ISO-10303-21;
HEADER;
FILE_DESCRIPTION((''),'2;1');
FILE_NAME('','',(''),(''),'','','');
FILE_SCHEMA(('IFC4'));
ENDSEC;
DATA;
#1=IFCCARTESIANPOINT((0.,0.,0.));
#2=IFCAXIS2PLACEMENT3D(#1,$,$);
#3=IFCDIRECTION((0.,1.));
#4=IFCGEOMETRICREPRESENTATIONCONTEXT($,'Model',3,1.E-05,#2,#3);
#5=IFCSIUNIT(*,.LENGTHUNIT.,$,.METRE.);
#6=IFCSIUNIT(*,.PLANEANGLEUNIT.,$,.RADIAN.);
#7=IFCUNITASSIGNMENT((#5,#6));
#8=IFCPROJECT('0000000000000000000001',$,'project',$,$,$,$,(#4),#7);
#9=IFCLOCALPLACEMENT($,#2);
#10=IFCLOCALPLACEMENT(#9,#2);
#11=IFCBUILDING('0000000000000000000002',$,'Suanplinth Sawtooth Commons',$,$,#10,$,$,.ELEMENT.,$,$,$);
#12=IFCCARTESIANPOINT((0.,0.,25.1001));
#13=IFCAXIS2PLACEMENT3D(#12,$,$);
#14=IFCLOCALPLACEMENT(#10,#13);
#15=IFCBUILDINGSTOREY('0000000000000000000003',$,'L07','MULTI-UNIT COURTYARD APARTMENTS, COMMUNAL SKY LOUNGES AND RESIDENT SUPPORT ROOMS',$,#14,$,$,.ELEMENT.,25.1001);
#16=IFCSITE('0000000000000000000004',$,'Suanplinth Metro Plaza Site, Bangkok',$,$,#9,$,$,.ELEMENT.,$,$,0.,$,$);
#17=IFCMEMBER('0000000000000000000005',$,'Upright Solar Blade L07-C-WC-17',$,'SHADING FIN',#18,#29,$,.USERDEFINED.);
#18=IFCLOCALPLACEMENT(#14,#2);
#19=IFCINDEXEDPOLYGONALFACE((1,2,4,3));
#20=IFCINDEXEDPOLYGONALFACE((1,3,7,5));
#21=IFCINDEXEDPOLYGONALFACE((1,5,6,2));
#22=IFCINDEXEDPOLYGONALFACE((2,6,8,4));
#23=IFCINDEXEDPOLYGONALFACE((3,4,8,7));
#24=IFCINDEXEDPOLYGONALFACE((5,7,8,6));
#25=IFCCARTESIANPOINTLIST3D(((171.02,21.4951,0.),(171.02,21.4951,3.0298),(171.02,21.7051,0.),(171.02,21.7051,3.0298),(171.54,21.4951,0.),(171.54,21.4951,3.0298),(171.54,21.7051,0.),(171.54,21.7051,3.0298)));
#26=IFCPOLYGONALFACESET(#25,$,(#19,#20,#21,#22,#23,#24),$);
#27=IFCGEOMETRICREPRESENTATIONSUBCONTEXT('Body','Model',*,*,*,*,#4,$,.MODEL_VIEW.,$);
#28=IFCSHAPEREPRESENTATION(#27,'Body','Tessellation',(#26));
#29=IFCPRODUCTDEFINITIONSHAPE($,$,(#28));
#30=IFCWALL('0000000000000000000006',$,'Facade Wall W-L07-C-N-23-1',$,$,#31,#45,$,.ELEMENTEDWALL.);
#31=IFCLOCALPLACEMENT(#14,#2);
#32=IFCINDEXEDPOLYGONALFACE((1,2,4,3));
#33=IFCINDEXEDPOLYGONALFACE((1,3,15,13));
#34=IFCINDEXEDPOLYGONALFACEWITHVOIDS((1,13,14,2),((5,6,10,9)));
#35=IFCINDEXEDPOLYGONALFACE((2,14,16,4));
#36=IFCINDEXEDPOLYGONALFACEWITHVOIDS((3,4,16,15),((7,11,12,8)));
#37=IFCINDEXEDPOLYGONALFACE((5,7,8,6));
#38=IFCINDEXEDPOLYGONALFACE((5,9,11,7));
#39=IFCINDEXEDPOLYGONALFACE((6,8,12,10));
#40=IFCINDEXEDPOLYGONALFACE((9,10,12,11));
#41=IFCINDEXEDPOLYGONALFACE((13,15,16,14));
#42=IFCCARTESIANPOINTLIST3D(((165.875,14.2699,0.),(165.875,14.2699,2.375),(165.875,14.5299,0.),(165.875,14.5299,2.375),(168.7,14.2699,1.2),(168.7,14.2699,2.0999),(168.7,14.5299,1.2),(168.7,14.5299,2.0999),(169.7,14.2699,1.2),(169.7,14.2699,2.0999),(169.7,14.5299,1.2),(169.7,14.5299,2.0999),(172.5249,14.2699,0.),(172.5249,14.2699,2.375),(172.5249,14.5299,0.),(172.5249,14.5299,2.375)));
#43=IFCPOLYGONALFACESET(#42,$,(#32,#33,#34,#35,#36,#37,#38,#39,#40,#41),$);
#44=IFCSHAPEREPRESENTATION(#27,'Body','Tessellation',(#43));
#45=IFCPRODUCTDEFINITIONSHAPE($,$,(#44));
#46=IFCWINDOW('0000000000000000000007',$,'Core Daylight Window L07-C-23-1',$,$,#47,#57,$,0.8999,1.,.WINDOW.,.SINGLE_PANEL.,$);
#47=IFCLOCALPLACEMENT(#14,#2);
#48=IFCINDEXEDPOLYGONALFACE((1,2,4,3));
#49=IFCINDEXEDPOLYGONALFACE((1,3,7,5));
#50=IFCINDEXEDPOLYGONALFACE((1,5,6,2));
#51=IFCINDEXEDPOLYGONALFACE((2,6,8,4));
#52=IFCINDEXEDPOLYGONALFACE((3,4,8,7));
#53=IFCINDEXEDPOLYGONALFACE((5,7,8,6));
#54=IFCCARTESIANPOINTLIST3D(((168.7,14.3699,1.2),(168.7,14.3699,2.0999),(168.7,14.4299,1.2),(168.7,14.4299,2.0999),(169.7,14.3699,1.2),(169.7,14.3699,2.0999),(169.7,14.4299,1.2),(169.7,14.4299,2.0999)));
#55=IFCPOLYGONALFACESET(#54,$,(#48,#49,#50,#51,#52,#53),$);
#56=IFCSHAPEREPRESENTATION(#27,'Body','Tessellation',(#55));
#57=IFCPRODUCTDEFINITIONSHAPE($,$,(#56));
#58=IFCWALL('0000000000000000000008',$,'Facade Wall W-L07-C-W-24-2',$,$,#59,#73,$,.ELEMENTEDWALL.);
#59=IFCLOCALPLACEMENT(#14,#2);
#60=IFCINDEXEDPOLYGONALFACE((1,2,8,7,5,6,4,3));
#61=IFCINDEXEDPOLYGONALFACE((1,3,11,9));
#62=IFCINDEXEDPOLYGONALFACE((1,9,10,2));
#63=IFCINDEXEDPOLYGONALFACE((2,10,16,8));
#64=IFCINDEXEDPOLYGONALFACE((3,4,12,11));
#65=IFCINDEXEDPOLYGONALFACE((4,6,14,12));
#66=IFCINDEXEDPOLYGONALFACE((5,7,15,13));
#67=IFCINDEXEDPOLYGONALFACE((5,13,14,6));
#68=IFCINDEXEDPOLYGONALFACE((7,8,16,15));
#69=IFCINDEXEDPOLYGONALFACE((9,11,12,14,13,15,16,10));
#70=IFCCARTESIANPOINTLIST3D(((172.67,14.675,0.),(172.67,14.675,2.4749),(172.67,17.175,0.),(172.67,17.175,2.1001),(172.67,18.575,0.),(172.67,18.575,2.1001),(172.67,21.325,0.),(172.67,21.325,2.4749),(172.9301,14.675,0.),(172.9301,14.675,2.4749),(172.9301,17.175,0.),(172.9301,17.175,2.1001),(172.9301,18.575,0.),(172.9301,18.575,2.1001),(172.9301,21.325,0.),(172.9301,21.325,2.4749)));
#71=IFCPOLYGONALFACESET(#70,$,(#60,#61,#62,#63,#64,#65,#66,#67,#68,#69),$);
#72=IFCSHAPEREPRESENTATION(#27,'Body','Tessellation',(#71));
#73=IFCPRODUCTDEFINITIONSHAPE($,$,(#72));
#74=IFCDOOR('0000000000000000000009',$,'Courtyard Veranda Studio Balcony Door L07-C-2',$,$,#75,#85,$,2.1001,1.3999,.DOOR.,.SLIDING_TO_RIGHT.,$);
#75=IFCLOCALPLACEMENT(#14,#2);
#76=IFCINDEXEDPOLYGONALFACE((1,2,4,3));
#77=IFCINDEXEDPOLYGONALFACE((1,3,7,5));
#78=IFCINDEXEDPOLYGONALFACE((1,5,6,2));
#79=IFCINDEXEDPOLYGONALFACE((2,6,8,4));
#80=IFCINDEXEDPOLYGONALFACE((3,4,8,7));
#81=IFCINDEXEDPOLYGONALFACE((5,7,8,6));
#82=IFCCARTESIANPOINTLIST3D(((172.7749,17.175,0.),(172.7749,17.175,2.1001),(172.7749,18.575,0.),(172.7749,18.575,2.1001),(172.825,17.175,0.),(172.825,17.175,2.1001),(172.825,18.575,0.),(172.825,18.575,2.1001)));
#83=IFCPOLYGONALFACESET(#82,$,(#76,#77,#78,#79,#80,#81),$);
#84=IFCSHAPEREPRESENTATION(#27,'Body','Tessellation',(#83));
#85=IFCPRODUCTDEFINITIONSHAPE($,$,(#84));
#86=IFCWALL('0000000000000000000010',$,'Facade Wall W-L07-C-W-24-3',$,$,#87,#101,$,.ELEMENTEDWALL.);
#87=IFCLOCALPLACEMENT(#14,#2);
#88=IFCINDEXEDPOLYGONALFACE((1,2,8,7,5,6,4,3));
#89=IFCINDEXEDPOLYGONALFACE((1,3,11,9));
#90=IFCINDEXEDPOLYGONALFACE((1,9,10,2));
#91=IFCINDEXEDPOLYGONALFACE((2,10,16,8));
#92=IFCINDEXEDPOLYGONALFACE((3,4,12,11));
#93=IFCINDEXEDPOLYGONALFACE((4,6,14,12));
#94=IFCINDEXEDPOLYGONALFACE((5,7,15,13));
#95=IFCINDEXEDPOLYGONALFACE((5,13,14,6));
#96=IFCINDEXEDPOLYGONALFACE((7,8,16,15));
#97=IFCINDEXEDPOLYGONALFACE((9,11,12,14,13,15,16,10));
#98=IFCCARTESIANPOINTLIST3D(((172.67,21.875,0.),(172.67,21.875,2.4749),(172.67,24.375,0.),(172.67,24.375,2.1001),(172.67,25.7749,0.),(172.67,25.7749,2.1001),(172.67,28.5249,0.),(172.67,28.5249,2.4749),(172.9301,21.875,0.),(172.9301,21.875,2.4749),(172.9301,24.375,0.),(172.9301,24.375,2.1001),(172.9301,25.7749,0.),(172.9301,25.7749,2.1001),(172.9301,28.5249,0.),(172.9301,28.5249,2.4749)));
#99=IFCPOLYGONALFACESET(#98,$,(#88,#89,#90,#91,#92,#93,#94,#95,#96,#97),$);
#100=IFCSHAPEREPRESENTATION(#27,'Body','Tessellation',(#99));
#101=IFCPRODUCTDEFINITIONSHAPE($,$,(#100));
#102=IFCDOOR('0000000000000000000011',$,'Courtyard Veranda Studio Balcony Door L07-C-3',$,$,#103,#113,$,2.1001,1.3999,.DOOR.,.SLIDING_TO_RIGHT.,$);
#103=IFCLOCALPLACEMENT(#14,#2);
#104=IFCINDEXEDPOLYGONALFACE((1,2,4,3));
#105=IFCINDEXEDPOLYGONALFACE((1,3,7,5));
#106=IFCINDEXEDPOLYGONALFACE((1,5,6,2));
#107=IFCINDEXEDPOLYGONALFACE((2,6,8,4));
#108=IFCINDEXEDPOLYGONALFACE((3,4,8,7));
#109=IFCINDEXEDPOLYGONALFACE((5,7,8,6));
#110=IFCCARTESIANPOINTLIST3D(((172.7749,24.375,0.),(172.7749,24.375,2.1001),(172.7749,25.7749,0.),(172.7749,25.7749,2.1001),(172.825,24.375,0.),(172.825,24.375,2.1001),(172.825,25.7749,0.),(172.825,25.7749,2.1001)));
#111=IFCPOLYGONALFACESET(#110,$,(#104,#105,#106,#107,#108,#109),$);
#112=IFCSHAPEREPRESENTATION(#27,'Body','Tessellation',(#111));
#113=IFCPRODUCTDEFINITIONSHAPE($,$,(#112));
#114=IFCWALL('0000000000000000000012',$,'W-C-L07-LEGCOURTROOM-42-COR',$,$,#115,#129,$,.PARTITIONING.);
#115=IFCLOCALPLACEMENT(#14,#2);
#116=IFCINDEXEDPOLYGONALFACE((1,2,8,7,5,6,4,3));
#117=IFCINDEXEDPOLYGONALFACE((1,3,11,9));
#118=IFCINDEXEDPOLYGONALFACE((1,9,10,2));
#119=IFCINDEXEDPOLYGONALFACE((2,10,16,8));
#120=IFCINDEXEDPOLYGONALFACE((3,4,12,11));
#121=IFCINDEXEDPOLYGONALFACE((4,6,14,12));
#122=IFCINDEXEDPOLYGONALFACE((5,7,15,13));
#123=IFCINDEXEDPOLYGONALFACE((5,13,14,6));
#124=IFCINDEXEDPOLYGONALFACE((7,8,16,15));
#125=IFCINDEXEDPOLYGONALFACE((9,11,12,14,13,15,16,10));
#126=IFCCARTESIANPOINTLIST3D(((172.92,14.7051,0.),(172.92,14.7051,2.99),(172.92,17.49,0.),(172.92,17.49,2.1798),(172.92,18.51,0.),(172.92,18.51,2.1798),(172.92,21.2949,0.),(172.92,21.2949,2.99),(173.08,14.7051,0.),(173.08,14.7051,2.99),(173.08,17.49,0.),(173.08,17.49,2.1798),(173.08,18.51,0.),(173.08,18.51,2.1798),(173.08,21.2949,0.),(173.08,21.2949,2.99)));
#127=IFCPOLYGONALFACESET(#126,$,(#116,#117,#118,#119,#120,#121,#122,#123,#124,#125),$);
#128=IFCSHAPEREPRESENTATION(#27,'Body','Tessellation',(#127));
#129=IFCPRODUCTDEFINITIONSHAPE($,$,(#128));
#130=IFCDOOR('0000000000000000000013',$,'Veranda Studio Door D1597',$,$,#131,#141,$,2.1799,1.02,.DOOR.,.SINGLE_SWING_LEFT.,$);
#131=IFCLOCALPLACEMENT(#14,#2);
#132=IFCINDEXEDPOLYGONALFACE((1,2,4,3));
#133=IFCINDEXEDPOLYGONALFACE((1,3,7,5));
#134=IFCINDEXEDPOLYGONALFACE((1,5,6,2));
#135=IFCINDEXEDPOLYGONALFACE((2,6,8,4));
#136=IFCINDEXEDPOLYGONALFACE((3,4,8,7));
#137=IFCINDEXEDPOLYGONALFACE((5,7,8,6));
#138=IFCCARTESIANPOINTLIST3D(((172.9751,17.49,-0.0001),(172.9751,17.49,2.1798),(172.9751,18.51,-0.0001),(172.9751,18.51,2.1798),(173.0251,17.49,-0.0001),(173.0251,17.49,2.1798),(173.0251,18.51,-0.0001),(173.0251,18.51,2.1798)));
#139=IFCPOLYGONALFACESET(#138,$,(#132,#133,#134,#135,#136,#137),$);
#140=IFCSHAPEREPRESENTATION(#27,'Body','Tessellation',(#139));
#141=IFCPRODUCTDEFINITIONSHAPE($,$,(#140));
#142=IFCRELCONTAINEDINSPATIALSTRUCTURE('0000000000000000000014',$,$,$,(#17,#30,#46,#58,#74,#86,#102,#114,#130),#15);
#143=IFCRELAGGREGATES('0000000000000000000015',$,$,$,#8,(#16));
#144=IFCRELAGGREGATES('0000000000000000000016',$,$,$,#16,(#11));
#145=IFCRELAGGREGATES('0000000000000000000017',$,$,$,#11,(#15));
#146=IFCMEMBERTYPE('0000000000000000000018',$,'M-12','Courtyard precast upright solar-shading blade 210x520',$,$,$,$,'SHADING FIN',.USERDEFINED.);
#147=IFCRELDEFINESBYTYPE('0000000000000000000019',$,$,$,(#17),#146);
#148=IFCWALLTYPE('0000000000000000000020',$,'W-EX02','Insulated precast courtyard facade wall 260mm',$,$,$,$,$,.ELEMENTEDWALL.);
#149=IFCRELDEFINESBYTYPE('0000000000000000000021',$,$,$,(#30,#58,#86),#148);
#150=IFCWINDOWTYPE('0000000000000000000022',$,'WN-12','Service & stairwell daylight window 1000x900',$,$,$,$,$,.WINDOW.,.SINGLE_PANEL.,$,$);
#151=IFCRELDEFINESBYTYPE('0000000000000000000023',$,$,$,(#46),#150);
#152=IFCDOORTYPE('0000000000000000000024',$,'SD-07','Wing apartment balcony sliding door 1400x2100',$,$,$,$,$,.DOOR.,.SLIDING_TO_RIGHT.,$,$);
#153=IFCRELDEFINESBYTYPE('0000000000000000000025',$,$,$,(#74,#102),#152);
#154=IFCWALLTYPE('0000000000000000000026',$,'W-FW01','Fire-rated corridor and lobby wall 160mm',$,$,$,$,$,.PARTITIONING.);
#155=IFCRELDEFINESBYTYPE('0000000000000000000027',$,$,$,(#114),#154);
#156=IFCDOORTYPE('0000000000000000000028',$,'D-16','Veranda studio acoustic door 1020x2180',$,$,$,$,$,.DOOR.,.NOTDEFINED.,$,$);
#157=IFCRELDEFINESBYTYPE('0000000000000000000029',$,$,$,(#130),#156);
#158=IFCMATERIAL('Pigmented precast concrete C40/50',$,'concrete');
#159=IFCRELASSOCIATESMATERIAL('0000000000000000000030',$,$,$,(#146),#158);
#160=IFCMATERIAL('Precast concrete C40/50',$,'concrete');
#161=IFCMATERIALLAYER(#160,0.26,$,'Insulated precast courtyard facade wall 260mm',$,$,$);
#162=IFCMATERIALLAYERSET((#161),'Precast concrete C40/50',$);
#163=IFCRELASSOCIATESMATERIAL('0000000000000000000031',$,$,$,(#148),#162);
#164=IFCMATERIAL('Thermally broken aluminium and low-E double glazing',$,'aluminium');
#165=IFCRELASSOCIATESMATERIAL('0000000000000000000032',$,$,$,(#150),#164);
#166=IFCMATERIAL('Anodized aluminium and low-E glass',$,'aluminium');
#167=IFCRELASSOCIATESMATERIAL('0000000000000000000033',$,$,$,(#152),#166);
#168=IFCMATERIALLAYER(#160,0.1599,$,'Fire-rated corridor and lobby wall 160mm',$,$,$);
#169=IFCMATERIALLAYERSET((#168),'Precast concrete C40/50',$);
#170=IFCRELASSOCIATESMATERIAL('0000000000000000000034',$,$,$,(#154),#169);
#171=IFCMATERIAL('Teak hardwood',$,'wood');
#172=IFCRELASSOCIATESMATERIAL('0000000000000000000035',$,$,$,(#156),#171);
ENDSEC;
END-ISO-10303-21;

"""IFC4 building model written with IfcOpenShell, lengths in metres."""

from ifc_helpers import new_model, si_unit, direction, frame, frame_2d, origin, origin_2d, place, context, subcontext, project, spatial, rectangle, extrude, material, layer, layer_set, material_profile, profile_set, type_object, element, fill, save


model = new_model("IFC4")

# Units and contexts
model_context = context("Model", 3, precision=1e-05, world=origin(), true_north=direction((0.0, 1.0)))
body_context = subcontext(model_context, "Body", "Model", "MODEL_VIEW")
ifc_project = project(units=[si_unit("LENGTHUNIT", "METRE"), si_unit("PLANEANGLEUNIT", "RADIAN")], contexts=[model_context])

# Site, building, storey
site_placement = place(None, origin())
site = spatial("IfcSite", under=ifc_project, at=site_placement, Name="Suanplinth Metro Plaza Site, Bangkok", CompositionType="ELEMENT", RefElevation=0.0)
building_placement = place(site_placement, origin())
building = spatial("IfcBuilding", under=site, at=building_placement, Name="Suanplinth Sawtooth Commons", CompositionType="ELEMENT")
storey_placement = place(building_placement, frame((0.0, 0.0, 25.1001)))
storey = spatial("IfcBuildingStorey", under=building, at=storey_placement, Name="L07", Description="MULTI-UNIT COURTYARD APARTMENTS, COMMUNAL SKY LOUNGES AND RESIDENT SUPPORT ROOMS", CompositionType="ELEMENT", Elevation=25.1001)

# Shared definitions
ifc_material_1 = material(Name="Precast concrete C40/50", Category="concrete")

# Member
ifc_material_2 = material(Name="Pigmented precast concrete C40/50", Category="concrete")
ifc_material_profile_1 = material_profile(ifc_material_2, rectangle(XDim=0.21, YDim=0.52, at=origin_2d()), Name="PC-FIN 210x520")
ifc_profile_set_1 = profile_set([ifc_material_profile_1], Name="Pigmented precast concrete C40/50")
member_type = type_object("IfcMemberType", Name="M-12", Description="Courtyard precast upright solar-shading blade 210x520", ElementType="SHADING FIN", PredefinedType="USERDEFINED", material=ifc_profile_set_1)
for number, where, z_axis, x_axis, name in (
    (1, (171.28, 21.6001, 0.0), (0.0, 0.0, 1.0), (0.0, 1.0, 0.0), "Upright Solar Blade L07-C-WC-17"),
):
    element("IfcMember", number, at=place(storey_placement, frame(where, z_axis=z_axis, x_axis=x_axis)), inside=storey, type_object=member_type, Name=name, ObjectType="SHADING FIN", PredefinedType="USERDEFINED", context=body_context, shape_type="SweptSolid", body=[
        extrude(rectangle(XDim=0.21, YDim=0.52, at=origin_2d()), origin(), (0.0, 0.0, 1.0), 3.0298),
    ])

# Wall, opening, window
ifc_layer_1 = layer(ifc_material_1, 0.26, Name="Insulated precast courtyard facade wall 260mm")
ifc_layer_set_1 = layer_set([ifc_layer_1], Name="Precast concrete C40/50")
wall_type_1 = type_object("IfcWallType", Name="W-EX02", Description="Insulated precast courtyard facade wall 260mm", PredefinedType="ELEMENTEDWALL", material=ifc_layer_set_1)
wall_1_placement = place(storey_placement, frame((165.875, 14.3999, 0.0), z_axis=(0.0, 0.0, 1.0), x_axis=(1.0, 0.0, 0.0)))
wall_1 = element("IfcWall", 2, at=wall_1_placement, inside=storey, type_object=wall_type_1, Name="Facade Wall W-L07-C-N-23-1", PredefinedType="ELEMENTEDWALL", context=body_context, shape_type="SweptSolid", body=[
    extrude(rectangle(XDim=6.6499, YDim=0.26, at=frame_2d((3.325, 0.0))), origin(), (0.0, 0.0, 1.0), 2.375),
])
opening_1_placement = place(wall_1_placement, frame((2.825, 0.0, 1.2)))
opening_1 = element("IfcOpeningElement", 3, at=opening_1_placement, cuts=wall_1, PredefinedType="OPENING", context=body_context, shape_type="SweptSolid", body=[
    extrude(rectangle(XDim=1.0, YDim=0.8999, at=frame_2d((0.5, 0.45))), frame((0.0, 0.145, 0.0), z_axis=(0.0, -1.0, 0.0), x_axis=(1.0, 0.0, 0.0)), (0.0, 0.0, 1.0), 0.2898),
])
ifc_material_3 = material(Name="Thermally broken aluminium and low-E double glazing", Category="aluminium")
window_type = type_object("IfcWindowType", Name="WN-12", Description="Service & stairwell daylight window 1000x900", PartitioningType="SINGLE_PANEL", PredefinedType="WINDOW", material=ifc_material_3)
window_placement = place(opening_1_placement, origin())
window = element("IfcWindow", 4, at=window_placement, inside=storey, type_object=window_type, Name="Core Daylight Window L07-C-23-1", OverallHeight=0.8999, OverallWidth=1.0, PartitioningType="SINGLE_PANEL", PredefinedType="WINDOW", context=body_context, shape_type="SweptSolid", body=[
    extrude(rectangle(XDim=1.0, YDim=0.8999, at=frame_2d((0.5, 0.45))), frame((0.0, 0.03, 0.0), z_axis=(0.0, -1.0, 0.0), x_axis=(1.0, 0.0, 0.0)), (0.0, 0.0, 1.0), 0.0601),
])
fill(opening_1, window)

# Walls, openings, doors
wall_2_placement = place(storey_placement, frame((172.8, 14.675, 0.0), z_axis=(0.0, 0.0, 1.0), x_axis=(0.0, 1.0, 0.0)))
wall_2 = element("IfcWall", 5, at=wall_2_placement, inside=storey, type_object=wall_type_1, Name="Facade Wall W-L07-C-W-24-2", PredefinedType="ELEMENTEDWALL", context=body_context, shape_type="SweptSolid", body=[
    extrude(rectangle(XDim=6.6499, YDim=0.26, at=frame_2d((3.325, 0.0))), origin(), (0.0, 0.0, 1.0), 2.4749),
])
opening_2_placement = place(wall_2_placement, frame((2.5, 0.0, 0.0)))
opening_2 = element("IfcOpeningElement", 6, at=opening_2_placement, cuts=wall_2, PredefinedType="OPENING", context=body_context, shape_type="SweptSolid", body=[
    extrude(rectangle(XDim=1.3999, YDim=2.1001, at=frame_2d((0.7, 1.05))), frame((0.0, 0.145, 0.0), z_axis=(0.0, -1.0, 0.0), x_axis=(1.0, 0.0, 0.0)), (0.0, 0.0, 1.0), 0.2898),
])
ifc_material_4 = material(Name="Anodized aluminium and low-E glass", Category="aluminium")
door_type_1 = type_object("IfcDoorType", Name="SD-07", Description="Wing apartment balcony sliding door 1400x2100", OperationType="SLIDING_TO_RIGHT", PredefinedType="DOOR", material=ifc_material_4)
door_1_placement = place(opening_2_placement, frame((1.3999, 0.0, 0.0), z_axis=(0.0, 0.0, 1.0), x_axis=(-1.0, 0.0, 0.0)))
door_1 = element("IfcDoor", 7, at=door_1_placement, inside=storey, type_object=door_type_1, Name="Courtyard Veranda Studio Balcony Door L07-C-2", OperationType="SLIDING_TO_RIGHT", OverallHeight=2.1001, OverallWidth=1.3999, PredefinedType="DOOR", context=body_context, shape_type="SweptSolid", body=[
    extrude(rectangle(XDim=1.3999, YDim=2.1001, at=frame_2d((0.7, 1.05))), frame((0.0, 0.0249, 0.0), z_axis=(0.0, -1.0, 0.0), x_axis=(1.0, 0.0, 0.0)), (0.0, 0.0, 1.0), 0.05),
])
fill(opening_2, door_1)
wall_3_placement = place(storey_placement, frame((172.8, 21.875, 0.0), z_axis=(0.0, 0.0, 1.0), x_axis=(0.0, 1.0, 0.0)))
wall_3 = element("IfcWall", 8, at=wall_3_placement, inside=storey, type_object=wall_type_1, Name="Facade Wall W-L07-C-W-24-3", PredefinedType="ELEMENTEDWALL", context=body_context, shape_type="SweptSolid", body=[
    extrude(rectangle(XDim=6.6499, YDim=0.26, at=frame_2d((3.325, 0.0))), origin(), (0.0, 0.0, 1.0), 2.4749),
])
opening_3_placement = place(wall_3_placement, frame((2.5, 0.0, 0.0)))
opening_3 = element("IfcOpeningElement", 9, at=opening_3_placement, cuts=wall_3, PredefinedType="OPENING", context=body_context, shape_type="SweptSolid", body=[
    extrude(rectangle(XDim=1.3999, YDim=2.1001, at=frame_2d((0.7, 1.05))), frame((0.0, 0.145, 0.0), z_axis=(0.0, -1.0, 0.0), x_axis=(1.0, 0.0, 0.0)), (0.0, 0.0, 1.0), 0.2898),
])
door_2_placement = place(opening_3_placement, frame((1.3999, 0.0, 0.0), z_axis=(0.0, 0.0, 1.0), x_axis=(-1.0, 0.0, 0.0)))
door_2 = element("IfcDoor", 10, at=door_2_placement, inside=storey, type_object=door_type_1, Name="Courtyard Veranda Studio Balcony Door L07-C-3", OperationType="SLIDING_TO_RIGHT", OverallHeight=2.1001, OverallWidth=1.3999, PredefinedType="DOOR", context=body_context, shape_type="SweptSolid", body=[
    extrude(rectangle(XDim=1.3999, YDim=2.1001, at=frame_2d((0.7, 1.05))), frame((0.0, 0.0249, 0.0), z_axis=(0.0, -1.0, 0.0), x_axis=(1.0, 0.0, 0.0)), (0.0, 0.0, 1.0), 0.05),
])
fill(opening_3, door_2)
ifc_layer_2 = layer(ifc_material_1, 0.1599, Name="Fire-rated corridor and lobby wall 160mm")
ifc_layer_set_2 = layer_set([ifc_layer_2], Name="Precast concrete C40/50")
wall_type_2 = type_object("IfcWallType", Name="W-FW01", Description="Fire-rated corridor and lobby wall 160mm", PredefinedType="PARTITIONING", material=ifc_layer_set_2)
wall_4_placement = place(storey_placement, frame((173.0, 14.7051, 0.0), z_axis=(0.0, 0.0, 1.0), x_axis=(0.0, 1.0, 0.0)))
wall_4 = element("IfcWall", 11, at=wall_4_placement, inside=storey, type_object=wall_type_2, Name="W-C-L07-LEGCOURTROOM-42-COR", PredefinedType="PARTITIONING", context=body_context, shape_type="SweptSolid", body=[
    extrude(rectangle(XDim=6.5898, YDim=0.1599, at=frame_2d((3.2949, 0.0))), origin(), (0.0, 0.0, 1.0), 2.99),
])
opening_4_placement = place(wall_4_placement, frame((2.7849, 0.0, 0.0)))
opening_4 = element("IfcOpeningElement", 12, at=opening_4_placement, cuts=wall_4, PredefinedType="OPENING", context=body_context, shape_type="SweptSolid", body=[
    extrude(rectangle(XDim=1.02, YDim=2.1799, at=frame_2d((0.51, 1.0898))), frame((0.0, 0.0947, 0.0), z_axis=(0.0, -1.0, 0.0), x_axis=(1.0, 0.0, 0.0)), (0.0, 0.0, 1.0), 0.1897),
])
ifc_material_5 = material(Name="Teak hardwood", Category="wood")
door_type_2 = type_object("IfcDoorType", Name="D-16", Description="Veranda studio acoustic door 1020x2180", OperationType="NOTDEFINED", PredefinedType="DOOR", material=ifc_material_5)
door_3_placement = place(opening_4_placement, origin())
door_3 = element("IfcDoor", 13, at=door_3_placement, inside=storey, type_object=door_type_2, Name="Veranda Studio Door D1597", OperationType="SINGLE_SWING_LEFT", OverallHeight=2.1799, OverallWidth=1.02, PredefinedType="DOOR", context=body_context, shape_type="SweptSolid", body=[
    extrude(rectangle(XDim=1.02, YDim=2.1799, at=frame_2d((0.51, 1.0898))), frame((0.0, 0.0249, 0.0), z_axis=(0.0, -1.0, 0.0), x_axis=(1.0, 0.0, 0.0)), (0.0, 0.0, 1.0), 0.05),
])
fill(opening_4, door_3)

save(model, "model.ifc")
